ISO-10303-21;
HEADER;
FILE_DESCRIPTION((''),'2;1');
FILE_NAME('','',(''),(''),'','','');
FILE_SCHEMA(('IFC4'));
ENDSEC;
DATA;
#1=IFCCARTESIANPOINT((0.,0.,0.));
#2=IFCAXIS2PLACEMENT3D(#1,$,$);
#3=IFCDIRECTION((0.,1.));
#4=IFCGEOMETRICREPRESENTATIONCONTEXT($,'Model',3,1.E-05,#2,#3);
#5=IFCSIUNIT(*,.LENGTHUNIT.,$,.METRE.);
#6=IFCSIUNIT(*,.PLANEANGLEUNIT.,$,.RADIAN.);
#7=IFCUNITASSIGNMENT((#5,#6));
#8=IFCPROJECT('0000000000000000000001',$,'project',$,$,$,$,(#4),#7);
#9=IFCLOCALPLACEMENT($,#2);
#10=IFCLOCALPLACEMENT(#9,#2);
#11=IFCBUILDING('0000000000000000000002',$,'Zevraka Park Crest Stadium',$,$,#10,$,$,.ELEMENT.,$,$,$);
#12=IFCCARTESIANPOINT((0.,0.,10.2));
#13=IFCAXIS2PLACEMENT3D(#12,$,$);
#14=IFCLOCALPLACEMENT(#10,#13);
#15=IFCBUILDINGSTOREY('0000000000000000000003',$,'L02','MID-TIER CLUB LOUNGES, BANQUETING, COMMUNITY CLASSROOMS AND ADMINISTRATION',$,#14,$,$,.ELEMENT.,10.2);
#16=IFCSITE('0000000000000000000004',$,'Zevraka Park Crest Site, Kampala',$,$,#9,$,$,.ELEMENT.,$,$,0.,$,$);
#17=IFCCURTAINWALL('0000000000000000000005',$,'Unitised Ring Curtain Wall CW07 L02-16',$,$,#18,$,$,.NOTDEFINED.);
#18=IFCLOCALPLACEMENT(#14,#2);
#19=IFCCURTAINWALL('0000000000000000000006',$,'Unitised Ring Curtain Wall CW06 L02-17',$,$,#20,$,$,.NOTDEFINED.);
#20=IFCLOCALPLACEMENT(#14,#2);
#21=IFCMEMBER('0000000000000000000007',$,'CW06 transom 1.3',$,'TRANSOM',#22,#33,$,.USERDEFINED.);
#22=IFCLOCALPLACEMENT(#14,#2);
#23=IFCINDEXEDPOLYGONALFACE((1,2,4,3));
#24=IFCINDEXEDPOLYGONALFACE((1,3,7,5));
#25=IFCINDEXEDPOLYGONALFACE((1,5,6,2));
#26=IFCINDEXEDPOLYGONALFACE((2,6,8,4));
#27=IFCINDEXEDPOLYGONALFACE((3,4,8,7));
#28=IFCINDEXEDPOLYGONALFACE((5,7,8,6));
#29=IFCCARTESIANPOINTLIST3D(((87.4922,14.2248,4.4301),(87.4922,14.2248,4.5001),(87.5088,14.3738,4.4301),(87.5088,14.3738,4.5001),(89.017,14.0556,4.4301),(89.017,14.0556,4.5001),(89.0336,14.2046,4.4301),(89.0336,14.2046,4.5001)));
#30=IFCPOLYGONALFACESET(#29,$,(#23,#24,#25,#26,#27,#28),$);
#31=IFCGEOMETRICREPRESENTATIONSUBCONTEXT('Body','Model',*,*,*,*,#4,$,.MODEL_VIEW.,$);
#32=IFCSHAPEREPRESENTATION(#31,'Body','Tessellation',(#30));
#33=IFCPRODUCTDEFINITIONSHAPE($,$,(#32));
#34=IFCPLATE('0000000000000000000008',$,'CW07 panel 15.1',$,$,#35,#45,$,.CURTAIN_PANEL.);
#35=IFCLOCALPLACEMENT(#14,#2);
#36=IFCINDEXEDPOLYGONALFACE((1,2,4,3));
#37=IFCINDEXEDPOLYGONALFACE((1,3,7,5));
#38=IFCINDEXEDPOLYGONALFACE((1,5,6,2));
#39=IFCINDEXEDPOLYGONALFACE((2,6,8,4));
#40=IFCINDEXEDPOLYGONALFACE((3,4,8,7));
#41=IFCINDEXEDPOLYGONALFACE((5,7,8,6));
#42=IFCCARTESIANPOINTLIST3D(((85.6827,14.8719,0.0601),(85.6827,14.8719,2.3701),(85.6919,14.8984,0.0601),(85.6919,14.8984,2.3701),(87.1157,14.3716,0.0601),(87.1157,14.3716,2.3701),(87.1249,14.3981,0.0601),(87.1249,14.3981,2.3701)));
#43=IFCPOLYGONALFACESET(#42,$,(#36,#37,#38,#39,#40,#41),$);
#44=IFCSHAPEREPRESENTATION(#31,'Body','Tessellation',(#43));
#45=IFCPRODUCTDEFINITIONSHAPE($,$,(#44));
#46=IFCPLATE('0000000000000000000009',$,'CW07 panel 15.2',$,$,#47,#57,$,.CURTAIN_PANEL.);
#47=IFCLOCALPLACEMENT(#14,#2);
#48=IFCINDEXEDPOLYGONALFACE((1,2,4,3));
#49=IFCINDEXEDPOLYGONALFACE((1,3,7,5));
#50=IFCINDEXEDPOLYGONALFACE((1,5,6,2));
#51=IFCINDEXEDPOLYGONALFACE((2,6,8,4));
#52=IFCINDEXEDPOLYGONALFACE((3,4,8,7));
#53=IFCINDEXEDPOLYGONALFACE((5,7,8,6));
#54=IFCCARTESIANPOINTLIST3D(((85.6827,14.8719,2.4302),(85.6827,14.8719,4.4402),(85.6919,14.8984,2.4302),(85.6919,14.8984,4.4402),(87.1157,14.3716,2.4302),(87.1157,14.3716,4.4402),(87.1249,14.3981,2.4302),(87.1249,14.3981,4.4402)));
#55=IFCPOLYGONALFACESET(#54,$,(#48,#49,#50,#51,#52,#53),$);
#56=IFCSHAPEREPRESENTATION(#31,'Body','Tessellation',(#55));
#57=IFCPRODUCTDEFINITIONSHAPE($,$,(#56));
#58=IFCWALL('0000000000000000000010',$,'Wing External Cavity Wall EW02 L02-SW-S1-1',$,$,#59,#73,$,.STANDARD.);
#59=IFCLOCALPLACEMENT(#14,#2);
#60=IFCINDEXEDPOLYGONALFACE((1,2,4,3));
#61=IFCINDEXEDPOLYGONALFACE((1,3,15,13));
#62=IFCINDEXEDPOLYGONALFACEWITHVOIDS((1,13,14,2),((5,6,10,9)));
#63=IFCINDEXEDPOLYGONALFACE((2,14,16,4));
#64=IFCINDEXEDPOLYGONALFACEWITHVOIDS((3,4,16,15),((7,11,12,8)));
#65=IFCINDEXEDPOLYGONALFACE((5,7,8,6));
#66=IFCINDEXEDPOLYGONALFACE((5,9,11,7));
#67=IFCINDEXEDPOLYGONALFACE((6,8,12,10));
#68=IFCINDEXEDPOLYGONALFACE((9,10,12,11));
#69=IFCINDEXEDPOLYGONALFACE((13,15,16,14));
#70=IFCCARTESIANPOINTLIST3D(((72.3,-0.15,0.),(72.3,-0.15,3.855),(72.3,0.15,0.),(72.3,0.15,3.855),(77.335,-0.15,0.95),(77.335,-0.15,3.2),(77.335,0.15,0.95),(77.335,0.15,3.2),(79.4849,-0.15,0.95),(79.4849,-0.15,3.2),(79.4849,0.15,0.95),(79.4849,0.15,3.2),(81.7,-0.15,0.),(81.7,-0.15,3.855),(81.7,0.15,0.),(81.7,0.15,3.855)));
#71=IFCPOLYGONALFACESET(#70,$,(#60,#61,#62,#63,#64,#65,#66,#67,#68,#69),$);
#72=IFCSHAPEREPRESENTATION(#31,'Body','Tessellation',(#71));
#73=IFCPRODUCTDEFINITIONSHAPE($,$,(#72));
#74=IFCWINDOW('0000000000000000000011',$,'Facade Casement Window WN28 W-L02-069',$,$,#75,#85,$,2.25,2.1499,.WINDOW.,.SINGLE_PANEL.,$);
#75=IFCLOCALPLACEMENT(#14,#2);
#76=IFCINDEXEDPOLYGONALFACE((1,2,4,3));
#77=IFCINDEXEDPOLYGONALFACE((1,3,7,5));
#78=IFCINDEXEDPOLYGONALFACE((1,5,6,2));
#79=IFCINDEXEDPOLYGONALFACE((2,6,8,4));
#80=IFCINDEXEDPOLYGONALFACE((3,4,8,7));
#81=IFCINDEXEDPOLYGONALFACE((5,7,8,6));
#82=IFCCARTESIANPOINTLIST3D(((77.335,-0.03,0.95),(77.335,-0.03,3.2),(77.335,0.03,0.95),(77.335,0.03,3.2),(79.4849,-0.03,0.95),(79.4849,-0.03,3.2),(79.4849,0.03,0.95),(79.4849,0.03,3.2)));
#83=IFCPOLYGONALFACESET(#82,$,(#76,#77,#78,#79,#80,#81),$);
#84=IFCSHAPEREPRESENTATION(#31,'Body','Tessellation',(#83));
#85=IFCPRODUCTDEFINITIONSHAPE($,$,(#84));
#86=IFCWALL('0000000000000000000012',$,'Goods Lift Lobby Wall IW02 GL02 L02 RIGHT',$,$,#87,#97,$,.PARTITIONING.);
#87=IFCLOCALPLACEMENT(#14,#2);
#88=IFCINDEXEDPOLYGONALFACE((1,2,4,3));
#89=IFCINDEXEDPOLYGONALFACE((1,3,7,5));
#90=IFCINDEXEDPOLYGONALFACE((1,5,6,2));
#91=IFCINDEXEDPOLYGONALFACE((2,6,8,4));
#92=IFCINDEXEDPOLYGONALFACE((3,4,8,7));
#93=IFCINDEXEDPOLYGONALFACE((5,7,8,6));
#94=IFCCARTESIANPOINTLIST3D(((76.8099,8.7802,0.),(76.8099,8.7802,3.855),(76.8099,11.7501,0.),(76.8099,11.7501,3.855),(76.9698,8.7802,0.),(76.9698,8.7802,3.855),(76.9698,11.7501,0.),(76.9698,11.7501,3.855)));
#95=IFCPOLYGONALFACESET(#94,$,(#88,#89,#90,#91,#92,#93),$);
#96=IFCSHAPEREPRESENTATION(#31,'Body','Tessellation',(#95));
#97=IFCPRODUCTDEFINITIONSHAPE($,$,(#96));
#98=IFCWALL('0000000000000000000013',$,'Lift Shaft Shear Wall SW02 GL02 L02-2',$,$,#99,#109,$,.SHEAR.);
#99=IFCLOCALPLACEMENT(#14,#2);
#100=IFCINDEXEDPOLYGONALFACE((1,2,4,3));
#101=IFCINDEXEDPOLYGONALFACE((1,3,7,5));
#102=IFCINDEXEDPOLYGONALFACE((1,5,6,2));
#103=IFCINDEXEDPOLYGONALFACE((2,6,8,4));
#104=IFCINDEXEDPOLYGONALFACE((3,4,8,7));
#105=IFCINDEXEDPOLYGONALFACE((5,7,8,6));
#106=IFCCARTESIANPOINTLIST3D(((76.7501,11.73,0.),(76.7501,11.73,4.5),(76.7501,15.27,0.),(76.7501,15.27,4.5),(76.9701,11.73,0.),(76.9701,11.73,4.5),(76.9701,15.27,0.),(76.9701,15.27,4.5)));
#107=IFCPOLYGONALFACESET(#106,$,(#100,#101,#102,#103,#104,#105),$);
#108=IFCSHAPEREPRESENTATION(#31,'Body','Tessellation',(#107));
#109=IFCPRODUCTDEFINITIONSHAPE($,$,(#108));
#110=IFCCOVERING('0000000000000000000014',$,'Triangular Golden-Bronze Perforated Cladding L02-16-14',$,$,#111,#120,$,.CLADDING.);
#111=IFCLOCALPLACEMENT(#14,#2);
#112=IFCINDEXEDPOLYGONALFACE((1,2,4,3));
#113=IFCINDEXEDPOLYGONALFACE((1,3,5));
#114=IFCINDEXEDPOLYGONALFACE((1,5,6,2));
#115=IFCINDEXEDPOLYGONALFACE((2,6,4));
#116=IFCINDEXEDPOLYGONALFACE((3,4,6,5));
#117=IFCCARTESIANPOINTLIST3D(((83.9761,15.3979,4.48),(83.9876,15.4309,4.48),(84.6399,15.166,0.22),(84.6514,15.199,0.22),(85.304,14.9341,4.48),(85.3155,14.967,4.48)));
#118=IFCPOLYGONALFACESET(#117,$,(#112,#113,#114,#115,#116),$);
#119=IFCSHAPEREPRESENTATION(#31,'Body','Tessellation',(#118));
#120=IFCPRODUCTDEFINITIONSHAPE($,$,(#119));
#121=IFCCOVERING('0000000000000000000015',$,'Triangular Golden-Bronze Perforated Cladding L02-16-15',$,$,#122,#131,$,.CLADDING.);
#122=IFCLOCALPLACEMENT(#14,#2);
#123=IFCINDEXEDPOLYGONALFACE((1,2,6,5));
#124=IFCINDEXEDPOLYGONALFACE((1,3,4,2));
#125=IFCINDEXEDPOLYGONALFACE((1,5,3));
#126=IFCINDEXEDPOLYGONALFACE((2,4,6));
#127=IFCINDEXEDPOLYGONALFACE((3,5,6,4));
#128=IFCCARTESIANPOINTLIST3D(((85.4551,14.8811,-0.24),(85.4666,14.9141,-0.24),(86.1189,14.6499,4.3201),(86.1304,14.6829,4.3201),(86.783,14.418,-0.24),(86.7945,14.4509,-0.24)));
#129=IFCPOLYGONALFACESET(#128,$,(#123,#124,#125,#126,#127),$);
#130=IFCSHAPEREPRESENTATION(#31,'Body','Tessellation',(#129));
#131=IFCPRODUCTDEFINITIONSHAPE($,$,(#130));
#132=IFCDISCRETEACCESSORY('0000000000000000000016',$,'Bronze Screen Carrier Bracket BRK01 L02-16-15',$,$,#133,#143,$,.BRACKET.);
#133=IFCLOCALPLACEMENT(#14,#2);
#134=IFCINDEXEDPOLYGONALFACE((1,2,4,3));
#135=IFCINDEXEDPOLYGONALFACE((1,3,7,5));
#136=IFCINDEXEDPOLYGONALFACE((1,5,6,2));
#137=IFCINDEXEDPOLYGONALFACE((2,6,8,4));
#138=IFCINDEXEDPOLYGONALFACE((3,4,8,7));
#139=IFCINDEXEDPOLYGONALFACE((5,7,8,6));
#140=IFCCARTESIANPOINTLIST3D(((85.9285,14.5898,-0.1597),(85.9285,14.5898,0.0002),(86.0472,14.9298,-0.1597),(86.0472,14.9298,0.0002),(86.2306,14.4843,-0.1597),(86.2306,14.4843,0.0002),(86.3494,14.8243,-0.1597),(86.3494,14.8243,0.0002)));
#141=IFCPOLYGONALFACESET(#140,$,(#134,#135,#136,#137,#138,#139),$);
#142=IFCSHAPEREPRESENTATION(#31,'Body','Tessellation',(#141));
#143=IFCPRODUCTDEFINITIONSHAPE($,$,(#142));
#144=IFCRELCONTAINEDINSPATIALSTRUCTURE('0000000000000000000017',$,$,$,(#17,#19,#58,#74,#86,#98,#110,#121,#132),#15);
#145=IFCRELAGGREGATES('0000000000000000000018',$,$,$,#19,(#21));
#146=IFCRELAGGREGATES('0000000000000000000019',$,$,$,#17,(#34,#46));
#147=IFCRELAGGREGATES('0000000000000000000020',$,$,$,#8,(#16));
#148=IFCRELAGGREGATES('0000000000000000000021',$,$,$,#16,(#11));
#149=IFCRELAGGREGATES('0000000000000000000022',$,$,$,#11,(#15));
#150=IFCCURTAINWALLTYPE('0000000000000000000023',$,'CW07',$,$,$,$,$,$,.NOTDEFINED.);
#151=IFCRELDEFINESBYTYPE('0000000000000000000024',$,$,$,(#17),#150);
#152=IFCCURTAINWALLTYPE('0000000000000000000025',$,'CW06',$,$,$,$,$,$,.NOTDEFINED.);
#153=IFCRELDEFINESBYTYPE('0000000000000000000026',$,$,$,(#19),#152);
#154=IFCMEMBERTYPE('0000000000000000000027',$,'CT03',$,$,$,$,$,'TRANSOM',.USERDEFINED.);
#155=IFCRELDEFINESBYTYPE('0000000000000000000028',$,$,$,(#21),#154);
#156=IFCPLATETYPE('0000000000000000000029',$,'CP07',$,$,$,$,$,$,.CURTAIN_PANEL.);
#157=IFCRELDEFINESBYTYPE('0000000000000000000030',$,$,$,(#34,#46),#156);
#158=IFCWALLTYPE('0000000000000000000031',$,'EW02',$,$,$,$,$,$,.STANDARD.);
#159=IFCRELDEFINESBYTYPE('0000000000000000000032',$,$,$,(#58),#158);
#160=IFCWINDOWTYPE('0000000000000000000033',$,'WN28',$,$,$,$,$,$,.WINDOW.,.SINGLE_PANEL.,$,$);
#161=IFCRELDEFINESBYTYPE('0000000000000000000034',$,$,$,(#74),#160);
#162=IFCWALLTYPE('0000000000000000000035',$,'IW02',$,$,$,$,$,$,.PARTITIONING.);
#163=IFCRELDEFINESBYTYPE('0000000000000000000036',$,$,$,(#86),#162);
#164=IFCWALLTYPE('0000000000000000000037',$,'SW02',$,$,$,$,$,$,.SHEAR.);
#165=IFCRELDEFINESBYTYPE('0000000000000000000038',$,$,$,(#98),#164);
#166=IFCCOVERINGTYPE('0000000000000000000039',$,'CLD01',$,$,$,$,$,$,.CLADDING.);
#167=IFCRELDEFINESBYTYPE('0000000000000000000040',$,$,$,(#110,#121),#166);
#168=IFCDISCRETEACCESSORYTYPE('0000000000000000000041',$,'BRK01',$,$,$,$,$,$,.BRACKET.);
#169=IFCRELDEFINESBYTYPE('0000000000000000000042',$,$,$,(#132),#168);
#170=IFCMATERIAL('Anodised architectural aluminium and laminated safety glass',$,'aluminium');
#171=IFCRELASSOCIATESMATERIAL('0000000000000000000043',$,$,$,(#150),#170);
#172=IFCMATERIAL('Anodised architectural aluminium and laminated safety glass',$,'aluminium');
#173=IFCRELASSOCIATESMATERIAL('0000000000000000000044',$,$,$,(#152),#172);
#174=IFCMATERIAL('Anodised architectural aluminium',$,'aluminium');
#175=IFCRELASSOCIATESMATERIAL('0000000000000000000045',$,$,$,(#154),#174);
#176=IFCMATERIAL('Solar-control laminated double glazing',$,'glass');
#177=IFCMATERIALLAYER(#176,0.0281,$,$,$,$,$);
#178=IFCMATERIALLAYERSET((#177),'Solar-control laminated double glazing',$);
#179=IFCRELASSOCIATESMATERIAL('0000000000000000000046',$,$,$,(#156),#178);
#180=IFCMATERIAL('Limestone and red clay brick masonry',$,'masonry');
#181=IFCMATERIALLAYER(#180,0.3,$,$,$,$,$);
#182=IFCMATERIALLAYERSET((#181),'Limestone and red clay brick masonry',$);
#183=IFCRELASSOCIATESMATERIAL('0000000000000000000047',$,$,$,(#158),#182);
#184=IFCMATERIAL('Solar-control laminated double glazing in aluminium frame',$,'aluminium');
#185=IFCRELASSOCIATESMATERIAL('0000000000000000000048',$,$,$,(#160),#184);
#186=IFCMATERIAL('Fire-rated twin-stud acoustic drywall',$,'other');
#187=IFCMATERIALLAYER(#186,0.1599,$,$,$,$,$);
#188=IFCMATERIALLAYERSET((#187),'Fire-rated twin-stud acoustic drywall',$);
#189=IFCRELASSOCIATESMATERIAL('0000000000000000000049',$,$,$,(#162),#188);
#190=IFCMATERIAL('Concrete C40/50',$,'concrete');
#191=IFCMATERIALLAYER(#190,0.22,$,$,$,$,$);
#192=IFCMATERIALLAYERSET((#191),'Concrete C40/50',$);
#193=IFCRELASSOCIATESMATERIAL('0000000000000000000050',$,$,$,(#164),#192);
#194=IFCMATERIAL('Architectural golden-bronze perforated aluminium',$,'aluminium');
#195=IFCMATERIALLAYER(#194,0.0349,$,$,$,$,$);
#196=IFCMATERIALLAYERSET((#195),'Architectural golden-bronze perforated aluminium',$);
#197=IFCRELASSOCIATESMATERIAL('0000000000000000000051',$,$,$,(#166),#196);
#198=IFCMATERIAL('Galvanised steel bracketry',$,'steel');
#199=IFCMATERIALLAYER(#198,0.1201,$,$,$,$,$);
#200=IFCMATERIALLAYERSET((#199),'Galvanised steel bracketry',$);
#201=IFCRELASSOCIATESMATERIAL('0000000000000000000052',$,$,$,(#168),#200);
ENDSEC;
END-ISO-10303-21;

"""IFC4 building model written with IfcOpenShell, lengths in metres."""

from ifc_helpers import new_model, si_unit, direction, frame, frame_2d, origin, origin_2d, place, context, subcontext, project, spatial, polyline, rectangle, outline, extrude, material, layer, layer_set, material_profile, profile_set, type_object, element, fill, aggregate, save


model = new_model("IFC4")

# Units and contexts
model_context = context("Model", 3, precision=1e-05, world=origin(), true_north=direction((0.0, 1.0)))
body_context = subcontext(model_context, "Body", "Model", "MODEL_VIEW")
ifc_project = project(units=[si_unit("LENGTHUNIT", "METRE"), si_unit("PLANEANGLEUNIT", "RADIAN")], contexts=[model_context])

# Site, building, storey
site_placement = place(None, origin())
site = spatial("IfcSite", under=ifc_project, at=site_placement, Name="Zevraka Park Crest Site, Kampala", CompositionType="ELEMENT", RefElevation=0.0)
building_placement = place(site_placement, origin())
building = spatial("IfcBuilding", under=site, at=building_placement, Name="Zevraka Park Crest Stadium", CompositionType="ELEMENT")
storey_placement = place(building_placement, frame((0.0, 0.0, 10.2)))
storey = spatial("IfcBuildingStorey", under=building, at=storey_placement, Name="L02", Description="MID-TIER CLUB LOUNGES, BANQUETING, COMMUNITY CLASSROOMS AND ADMINISTRATION", CompositionType="ELEMENT", Elevation=10.2)

# Curtain wall
ifc_material_1 = material(Name="Anodised architectural aluminium and laminated safety glass", Category="aluminium")
curtain_wall_type_1 = type_object("IfcCurtainWallType", Name="CW07", PredefinedType="NOTDEFINED", material=ifc_material_1)
curtain_wall_1_placement = place(storey_placement, origin())
curtain_wall_1 = element("IfcCurtainWall", 1, at=curtain_wall_1_placement, inside=storey, type_object=curtain_wall_type_1, Name="Unitised Ring Curtain Wall CW07 L02-16", PredefinedType="NOTDEFINED")

# Curtain wall
ifc_material_2 = material(Name="Anodised architectural aluminium and laminated safety glass", Category="aluminium")
curtain_wall_type_2 = type_object("IfcCurtainWallType", Name="CW06", PredefinedType="NOTDEFINED", material=ifc_material_2)
curtain_wall_2_placement = place(storey_placement, origin())
curtain_wall_2 = element("IfcCurtainWall", 2, at=curtain_wall_2_placement, inside=storey, type_object=curtain_wall_type_2, Name="Unitised Ring Curtain Wall CW06 L02-17", PredefinedType="NOTDEFINED")

# Member
ifc_material_3 = material(Name="Anodised architectural aluminium", Category="aluminium")
ifc_material_profile_1 = material_profile(ifc_material_3, rectangle(XDim=0.1499, YDim=0.0701, at=origin_2d()), Name="ALU TRANSOM 150x70")
ifc_profile_set_1 = profile_set([ifc_material_profile_1], Name="Anodised architectural aluminium")
member_type_1 = type_object("IfcMemberType", Name="CT03", ElementType="TRANSOM", PredefinedType="USERDEFINED", material=ifc_profile_set_1)
member_1_placement = place(storey_placement, frame((87.5005, 14.2993, 4.4651), z_axis=(0.993901, -0.110274, 0.0), x_axis=(0.110274, 0.993901, 0.0)))
member_1 = element("IfcMember", 3, at=member_1_placement, type_object=member_type_1, Name="CW06 transom 1.3", ObjectType="TRANSOM", PredefinedType="USERDEFINED", context=body_context, shape_type="SweptSolid", body=[
    extrude(rectangle(XDim=0.1499, YDim=0.0701, at=origin_2d()), origin(), (0.0, 0.0, 1.0), 1.5342),
])
aggregate(curtain_wall_2, [member_1])

# Plates
ifc_material_4 = material(Name="Solar-control laminated double glazing", Category="glass")
ifc_layer_1 = layer(ifc_material_4, 0.0281)
ifc_layer_set_1 = layer_set([ifc_layer_1], Name="Solar-control laminated double glazing")
plate_type = type_object("IfcPlateType", Name="CP07", PredefinedType="CURTAIN_PANEL", material=ifc_layer_set_1)
plate_1_placement = place(storey_placement, frame((86.4038, 14.635, 0.0601), z_axis=(0.0, 0.0, 1.0), x_axis=(0.944114, -0.329619, 0.0)))
plate_1 = element("IfcPlate", 4, at=plate_1_placement, type_object=plate_type, Name="CW07 panel 15.1", PredefinedType="CURTAIN_PANEL", context=body_context, shape_type="SweptSolid", body=[
    extrude(rectangle(XDim=1.5178, YDim=0.0281, at=origin_2d()), origin(), (0.0, 0.0, 1.0), 2.3101),
])
plate_2_placement = place(storey_placement, frame((86.4038, 14.635, 2.4302), z_axis=(0.0, 0.0, 1.0), x_axis=(0.944114, -0.329619, 0.0)))
plate_2 = element("IfcPlate", 5, at=plate_2_placement, type_object=plate_type, Name="CW07 panel 15.2", PredefinedType="CURTAIN_PANEL", context=body_context, shape_type="SweptSolid", body=[
    extrude(rectangle(XDim=1.5178, YDim=0.0281, at=origin_2d()), origin(), (0.0, 0.0, 1.0), 2.01),
])
aggregate(curtain_wall_1, [plate_1, plate_2])

# Wall, opening, window
ifc_material_5 = material(Name="Limestone and red clay brick masonry", Category="masonry")
ifc_layer_2 = layer(ifc_material_5, 0.3)
ifc_layer_set_2 = layer_set([ifc_layer_2], Name="Limestone and red clay brick masonry")
wall_type_1 = type_object("IfcWallType", Name="EW02", PredefinedType="STANDARD", material=ifc_layer_set_2)
wall_1_placement = place(storey_placement, frame((81.7, 0.0, 0.0), z_axis=(0.0, 0.0, 1.0), x_axis=(-1.0, 0.0, 0.0)))
wall_1 = element("IfcWall", 6, at=wall_1_placement, inside=storey, type_object=wall_type_1, Name="Wing External Cavity Wall EW02 L02-SW-S1-1", PredefinedType="STANDARD", context=body_context, shape_type="SweptSolid", body=[
    extrude(rectangle(XDim=9.3999, YDim=0.3, at=frame_2d((4.7, 0.0))), origin(), (0.0, 0.0, 1.0), 3.855),
])
opening_placement = place(wall_1_placement, frame((2.2151, 0.0, 0.95)))
opening = element("IfcOpeningElement", 7, at=opening_placement, cuts=wall_1, PredefinedType="OPENING", context=body_context, shape_type="SweptSolid", body=[
    extrude(rectangle(XDim=2.1499, YDim=2.25, at=frame_2d((1.075, 1.125))), frame((0.0, 0.1599, 0.0), z_axis=(0.0, -1.0, 0.0), x_axis=(1.0, 0.0, 0.0)), (0.0, 0.0, 1.0), 0.3201),
])
ifc_material_6 = material(Name="Solar-control laminated double glazing in aluminium frame", Category="aluminium")
window_type = type_object("IfcWindowType", Name="WN28", PartitioningType="SINGLE_PANEL", PredefinedType="WINDOW", material=ifc_material_6)
window_placement = place(opening_placement, origin())
window = element("IfcWindow", 8, at=window_placement, inside=storey, type_object=window_type, Name="Facade Casement Window WN28 W-L02-069", OverallHeight=2.25, OverallWidth=2.1499, PartitioningType="SINGLE_PANEL", PredefinedType="WINDOW", context=body_context, shape_type="SweptSolid", body=[
    extrude(rectangle(XDim=2.1499, YDim=2.25, at=frame_2d((1.075, 1.125))), frame((0.0, 0.03, 0.0), z_axis=(0.0, -1.0, 0.0), x_axis=(1.0, 0.0, 0.0)), (0.0, 0.0, 1.0), 0.0601),
])
fill(opening, window)

# Walls
ifc_material_7 = material(Name="Fire-rated twin-stud acoustic drywall", Category="other")
ifc_layer_3 = layer(ifc_material_7, 0.1599)
ifc_layer_set_3 = layer_set([ifc_layer_3], Name="Fire-rated twin-stud acoustic drywall")
wall_type_2 = type_object("IfcWallType", Name="IW02", PredefinedType="PARTITIONING", material=ifc_layer_set_3)
wall_2_placement = place(storey_placement, frame((76.8899, 11.75, 0.0), z_axis=(0.0, 0.0, 1.0), x_axis=(0.0, -1.0, 0.0)))
element("IfcWall", 9, at=wall_2_placement, inside=storey, type_object=wall_type_2, Name="Goods Lift Lobby Wall IW02 GL02 L02 RIGHT", PredefinedType="PARTITIONING", context=body_context, shape_type="SweptSolid", body=[
    extrude(rectangle(XDim=2.97, YDim=0.1599, at=frame_2d((1.4849, 0.0))), origin(), (0.0, 0.0, 1.0), 3.855),
])
ifc_material_8 = material(Name="Concrete C40/50", Category="concrete")
ifc_layer_4 = layer(ifc_material_8, 0.22)
ifc_layer_set_4 = layer_set([ifc_layer_4], Name="Concrete C40/50")
wall_type_3 = type_object("IfcWallType", Name="SW02", PredefinedType="SHEAR", material=ifc_layer_set_4)
wall_3_placement = place(storey_placement, frame((76.8601, 11.73, 0.0), z_axis=(0.0, 0.0, 1.0), x_axis=(0.0, 1.0, 0.0)))
element("IfcWall", 10, at=wall_3_placement, inside=storey, type_object=wall_type_3, Name="Lift Shaft Shear Wall SW02 GL02 L02-2", PredefinedType="SHEAR", context=body_context, shape_type="SweptSolid", body=[
    extrude(rectangle(XDim=3.54, YDim=0.22, at=frame_2d((1.77, 0.0))), origin(), (0.0, 0.0, 1.0), 4.5),
])

# Coverings
ifc_material_9 = material(Name="Architectural golden-bronze perforated aluminium", Category="aluminium")
ifc_layer_5 = layer(ifc_material_9, 0.0349)
ifc_layer_set_5 = layer_set([ifc_layer_5], Name="Architectural golden-bronze perforated aluminium")
covering_type = type_object("IfcCoveringType", Name="CLD01", PredefinedType="CLADDING", material=ifc_layer_set_5)
covering_1_placement = place(storey_placement, frame((85.304, 14.9341, 4.48), z_axis=(-0.329786, -0.944056, 0.000009), x_axis=(-0.944056, 0.329786, 0.0)))
element("IfcCovering", 11, at=covering_1_placement, inside=storey, type_object=covering_type, Name="Triangular Golden-Bronze Perforated Cladding L02-16-14", PredefinedType="CLADDING", context=body_context, shape_type="SweptSolid", body=[
    extrude(outline(polyline([(0.0, 0.0), (1.4066, 0.0), (0.7034, 4.26), (0.0, 0.0)])), origin(), (0.0, 0.0, -1.0), 0.0349),
])
covering_2_placement = place(storey_placement, frame((85.4551, 14.8811, -0.24), z_axis=(-0.329322, -0.944218, 0.000067), x_axis=(0.944218, -0.329322, 0.0)))
element("IfcCovering", 12, at=covering_2_placement, inside=storey, type_object=covering_type, Name="Triangular Golden-Bronze Perforated Cladding L02-16-15", PredefinedType="CLADDING", context=body_context, shape_type="SweptSolid", body=[
    extrude(outline(polyline([(0.0, 0.0), (1.4063, 0.0), (0.7029, 4.5601), (0.0, 0.0)])), origin(), (0.0, 0.0, -1.0), 0.0349),
])

# Discrete accessory
ifc_material_10 = material(Name="Galvanised steel bracketry", Category="steel")
ifc_layer_6 = layer(ifc_material_10, 0.1201)
ifc_layer_set_6 = layer_set([ifc_layer_6], Name="Galvanised steel bracketry")
discrete_accessory_type = type_object("IfcDiscreteAccessoryType", Name="BRK01", PredefinedType="BRACKET", material=ifc_layer_set_6)
discrete_accessory_placement = place(storey_placement, frame((86.1389, 14.707, -0.1597), z_axis=(0.0, 0.0, 1.0), x_axis=(0.944089, -0.329691, 0.0)))
element("IfcDiscreteAccessory", 13, at=discrete_accessory_placement, inside=storey, type_object=discrete_accessory_type, Name="Bronze Screen Carrier Bracket BRK01 L02-16-15", PredefinedType="BRACKET", context=body_context, shape_type="SweptSolid", body=[
    extrude(rectangle(XDim=0.3201, YDim=0.3601, at=origin_2d()), origin(), (0.0, 0.0, 1.0), 0.1599),
])

save(model, "model.ifc")
